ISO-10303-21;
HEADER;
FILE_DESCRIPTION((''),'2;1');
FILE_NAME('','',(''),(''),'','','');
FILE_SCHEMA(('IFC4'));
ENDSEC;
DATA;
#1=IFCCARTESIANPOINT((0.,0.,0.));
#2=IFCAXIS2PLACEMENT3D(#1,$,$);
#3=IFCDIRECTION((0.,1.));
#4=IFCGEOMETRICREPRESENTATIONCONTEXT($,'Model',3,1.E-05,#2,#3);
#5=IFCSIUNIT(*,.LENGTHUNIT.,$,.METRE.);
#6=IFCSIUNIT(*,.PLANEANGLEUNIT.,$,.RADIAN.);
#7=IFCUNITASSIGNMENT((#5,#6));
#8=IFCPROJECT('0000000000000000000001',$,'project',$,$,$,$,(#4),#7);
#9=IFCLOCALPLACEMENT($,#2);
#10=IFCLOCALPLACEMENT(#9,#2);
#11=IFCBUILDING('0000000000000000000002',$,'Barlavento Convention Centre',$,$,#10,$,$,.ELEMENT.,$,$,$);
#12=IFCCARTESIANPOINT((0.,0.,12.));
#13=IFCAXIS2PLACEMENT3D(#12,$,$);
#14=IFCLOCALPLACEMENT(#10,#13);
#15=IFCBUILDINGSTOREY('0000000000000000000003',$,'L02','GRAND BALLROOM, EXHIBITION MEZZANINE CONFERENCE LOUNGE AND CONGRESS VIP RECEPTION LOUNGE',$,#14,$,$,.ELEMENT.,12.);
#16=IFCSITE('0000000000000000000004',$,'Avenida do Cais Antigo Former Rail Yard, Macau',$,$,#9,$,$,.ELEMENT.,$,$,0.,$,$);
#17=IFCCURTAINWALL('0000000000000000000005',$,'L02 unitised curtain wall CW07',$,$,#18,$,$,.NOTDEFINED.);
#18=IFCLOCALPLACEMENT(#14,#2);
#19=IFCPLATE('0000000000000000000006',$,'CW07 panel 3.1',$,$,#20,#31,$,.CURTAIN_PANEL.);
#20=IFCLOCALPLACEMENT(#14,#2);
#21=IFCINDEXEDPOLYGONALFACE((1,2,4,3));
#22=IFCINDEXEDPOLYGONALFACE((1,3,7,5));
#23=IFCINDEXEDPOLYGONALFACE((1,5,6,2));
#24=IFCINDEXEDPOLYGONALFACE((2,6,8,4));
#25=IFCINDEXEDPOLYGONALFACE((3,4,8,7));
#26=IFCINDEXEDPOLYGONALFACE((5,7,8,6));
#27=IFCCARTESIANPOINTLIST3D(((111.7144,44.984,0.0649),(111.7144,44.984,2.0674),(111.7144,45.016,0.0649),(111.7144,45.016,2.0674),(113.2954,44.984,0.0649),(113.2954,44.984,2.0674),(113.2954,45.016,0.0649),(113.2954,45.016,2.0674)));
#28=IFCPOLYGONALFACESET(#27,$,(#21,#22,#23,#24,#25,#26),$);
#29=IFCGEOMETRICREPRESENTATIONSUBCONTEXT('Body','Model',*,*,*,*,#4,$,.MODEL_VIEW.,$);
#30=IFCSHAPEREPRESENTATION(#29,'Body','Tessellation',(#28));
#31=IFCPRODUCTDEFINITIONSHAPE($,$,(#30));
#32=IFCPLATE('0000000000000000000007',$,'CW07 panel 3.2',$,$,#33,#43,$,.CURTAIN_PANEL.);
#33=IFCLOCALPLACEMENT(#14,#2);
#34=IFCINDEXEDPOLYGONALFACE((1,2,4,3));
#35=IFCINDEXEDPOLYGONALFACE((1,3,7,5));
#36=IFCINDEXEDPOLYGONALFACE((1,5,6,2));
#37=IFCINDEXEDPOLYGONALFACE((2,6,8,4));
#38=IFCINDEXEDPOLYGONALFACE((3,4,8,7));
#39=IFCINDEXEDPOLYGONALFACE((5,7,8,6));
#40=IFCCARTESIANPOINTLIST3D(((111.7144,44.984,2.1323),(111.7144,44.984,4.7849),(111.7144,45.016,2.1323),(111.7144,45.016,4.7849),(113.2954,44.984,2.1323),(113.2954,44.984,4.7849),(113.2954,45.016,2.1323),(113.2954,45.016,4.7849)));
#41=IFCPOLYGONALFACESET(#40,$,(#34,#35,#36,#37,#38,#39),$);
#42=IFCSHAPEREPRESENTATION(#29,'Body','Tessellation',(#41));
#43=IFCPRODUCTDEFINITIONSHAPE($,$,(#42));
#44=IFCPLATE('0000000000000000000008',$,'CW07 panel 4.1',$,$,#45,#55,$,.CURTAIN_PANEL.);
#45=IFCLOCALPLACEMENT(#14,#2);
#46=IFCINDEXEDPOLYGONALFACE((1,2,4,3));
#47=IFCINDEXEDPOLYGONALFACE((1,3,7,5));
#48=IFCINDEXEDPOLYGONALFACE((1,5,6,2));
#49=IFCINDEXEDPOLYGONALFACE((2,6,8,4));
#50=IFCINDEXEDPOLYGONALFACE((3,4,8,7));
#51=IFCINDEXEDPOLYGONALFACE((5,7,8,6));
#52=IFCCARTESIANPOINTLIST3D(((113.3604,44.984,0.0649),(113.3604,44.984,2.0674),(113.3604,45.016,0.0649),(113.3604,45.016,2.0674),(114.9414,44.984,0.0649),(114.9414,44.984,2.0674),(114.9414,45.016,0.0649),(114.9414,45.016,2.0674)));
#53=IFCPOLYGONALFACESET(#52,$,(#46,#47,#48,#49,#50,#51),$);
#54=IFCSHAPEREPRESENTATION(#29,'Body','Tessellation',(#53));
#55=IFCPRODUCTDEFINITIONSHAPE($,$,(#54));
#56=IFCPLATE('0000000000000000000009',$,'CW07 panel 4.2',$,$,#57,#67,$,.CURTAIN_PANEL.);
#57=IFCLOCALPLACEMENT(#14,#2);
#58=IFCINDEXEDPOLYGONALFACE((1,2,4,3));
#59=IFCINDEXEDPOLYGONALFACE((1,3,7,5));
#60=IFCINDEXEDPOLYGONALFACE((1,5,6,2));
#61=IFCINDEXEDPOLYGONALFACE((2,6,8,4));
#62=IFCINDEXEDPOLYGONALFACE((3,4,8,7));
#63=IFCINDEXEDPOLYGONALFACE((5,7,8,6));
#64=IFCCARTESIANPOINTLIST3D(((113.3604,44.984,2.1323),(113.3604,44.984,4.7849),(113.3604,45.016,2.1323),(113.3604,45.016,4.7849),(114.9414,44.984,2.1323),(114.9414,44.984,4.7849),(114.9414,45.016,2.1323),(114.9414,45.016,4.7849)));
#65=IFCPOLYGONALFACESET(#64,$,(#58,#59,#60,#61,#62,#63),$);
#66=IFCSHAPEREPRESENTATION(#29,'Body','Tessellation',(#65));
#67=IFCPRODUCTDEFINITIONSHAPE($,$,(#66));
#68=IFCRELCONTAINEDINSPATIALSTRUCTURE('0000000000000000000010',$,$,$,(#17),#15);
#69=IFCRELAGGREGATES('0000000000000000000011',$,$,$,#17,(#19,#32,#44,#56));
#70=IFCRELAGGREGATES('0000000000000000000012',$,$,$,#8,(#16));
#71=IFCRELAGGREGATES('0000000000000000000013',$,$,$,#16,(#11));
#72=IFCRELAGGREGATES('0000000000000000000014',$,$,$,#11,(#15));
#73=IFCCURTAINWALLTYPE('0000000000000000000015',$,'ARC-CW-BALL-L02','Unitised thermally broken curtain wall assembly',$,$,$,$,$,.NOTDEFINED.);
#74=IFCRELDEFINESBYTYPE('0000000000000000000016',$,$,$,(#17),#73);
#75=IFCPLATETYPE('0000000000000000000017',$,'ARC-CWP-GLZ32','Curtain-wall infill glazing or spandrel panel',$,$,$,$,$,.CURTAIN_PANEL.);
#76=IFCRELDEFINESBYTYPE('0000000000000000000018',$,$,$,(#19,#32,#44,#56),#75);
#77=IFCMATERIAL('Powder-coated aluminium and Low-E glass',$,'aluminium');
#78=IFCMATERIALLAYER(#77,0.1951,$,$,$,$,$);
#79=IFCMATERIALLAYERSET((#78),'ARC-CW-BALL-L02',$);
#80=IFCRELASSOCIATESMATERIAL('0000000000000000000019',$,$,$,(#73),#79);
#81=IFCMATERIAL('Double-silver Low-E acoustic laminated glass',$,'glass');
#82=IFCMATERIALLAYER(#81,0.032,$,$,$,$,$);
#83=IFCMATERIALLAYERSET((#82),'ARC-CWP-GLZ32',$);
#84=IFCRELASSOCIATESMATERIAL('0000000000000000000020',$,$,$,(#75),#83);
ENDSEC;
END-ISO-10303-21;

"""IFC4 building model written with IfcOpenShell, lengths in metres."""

from ifc_helpers import new_model, si_unit, direction, frame, origin, origin_2d, place, context, subcontext, project, spatial, rectangle, extrude, material, layer, layer_set, type_object, element, aggregate, save


model = new_model("IFC4")

# Units and contexts
model_context = context("Model", 3, precision=1e-05, world=origin(), true_north=direction((0.0, 1.0)))
body_context = subcontext(model_context, "Body", "Model", "MODEL_VIEW")
ifc_project = project(units=[si_unit("LENGTHUNIT", "METRE"), si_unit("PLANEANGLEUNIT", "RADIAN")], contexts=[model_context])

# Site, building, storey
site_placement = place(None, origin())
site = spatial("IfcSite", under=ifc_project, at=site_placement, Name="Avenida do Cais Antigo Former Rail Yard, Macau", CompositionType="ELEMENT", RefElevation=0.0)
building_placement = place(site_placement, origin())
building = spatial("IfcBuilding", under=site, at=building_placement, Name="Barlavento Convention Centre", CompositionType="ELEMENT")
storey_placement = place(building_placement, frame((0.0, 0.0, 12.0)))
storey = spatial("IfcBuildingStorey", under=building, at=storey_placement, Name="L02", Description="GRAND BALLROOM, EXHIBITION MEZZANINE CONFERENCE LOUNGE AND CONGRESS VIP RECEPTION LOUNGE", CompositionType="ELEMENT", Elevation=12.0)

# Curtain wall
ifc_material_1 = material(Name="Powder-coated aluminium and Low-E glass", Category="aluminium")
ifc_layer_1 = layer(ifc_material_1, 0.1951)
ifc_layer_set_1 = layer_set([ifc_layer_1], Name="ARC-CW-BALL-L02")
curtain_wall_type = type_object("IfcCurtainWallType", Name="ARC-CW-BALL-L02", Description="Unitised thermally broken curtain wall assembly", PredefinedType="NOTDEFINED", material=ifc_layer_set_1)
curtain_wall_1_placement = place(storey_placement, origin())
curtain_wall_1 = element("IfcCurtainWall", 1, at=curtain_wall_1_placement, inside=storey, type_object=curtain_wall_type, Name="L02 unitised curtain wall CW07", PredefinedType="NOTDEFINED")

# Plates
ifc_material_2 = material(Name="Double-silver Low-E acoustic laminated glass", Category="glass")
ifc_layer_2 = layer(ifc_material_2, 0.032)
ifc_layer_set_2 = layer_set([ifc_layer_2], Name="ARC-CWP-GLZ32")
plate_type = type_object("IfcPlateType", Name="ARC-CWP-GLZ32", Description="Curtain-wall infill glazing or spandrel panel", PredefinedType="CURTAIN_PANEL", material=ifc_layer_set_2)
plate_1_placement = place(storey_placement, frame((112.5049, 45.0, 0.0649), z_axis=(0.0, 0.0, 1.0), x_axis=(1.0, 0.0, 0.0)))
plate_1 = element("IfcPlate", 2, at=plate_1_placement, type_object=plate_type, Name="CW07 panel 3.1", PredefinedType="CURTAIN_PANEL", context=body_context, shape_type="SweptSolid", body=[
    extrude(rectangle(XDim=1.5811, YDim=0.032, at=origin_2d()), origin(), (0.0, 0.0, 1.0), 2.0024),
])
plate_2_placement = place(storey_placement, frame((112.5049, 45.0, 2.1323), z_axis=(0.0, 0.0, 1.0), x_axis=(1.0, 0.0, 0.0)))
plate_2 = element("IfcPlate", 3, at=plate_2_placement, type_object=plate_type, Name="CW07 panel 3.2", PredefinedType="CURTAIN_PANEL", context=body_context, shape_type="SweptSolid", body=[
    extrude(rectangle(XDim=1.5811, YDim=0.032, at=origin_2d()), origin(), (0.0, 0.0, 1.0), 2.6526),
])
plate_3_placement = place(storey_placement, frame((114.1509, 45.0, 0.0649), z_axis=(0.0, 0.0, 1.0), x_axis=(1.0, 0.0, 0.0)))
plate_3 = element("IfcPlate", 4, at=plate_3_placement, type_object=plate_type, Name="CW07 panel 4.1", PredefinedType="CURTAIN_PANEL", context=body_context, shape_type="SweptSolid", body=[
    extrude(rectangle(XDim=1.5811, YDim=0.032, at=origin_2d()), origin(), (0.0, 0.0, 1.0), 2.0024),
])
plate_4_placement = place(storey_placement, frame((114.1509, 45.0, 2.1323), z_axis=(0.0, 0.0, 1.0), x_axis=(1.0, 0.0, 0.0)))
plate_4 = element("IfcPlate", 5, at=plate_4_placement, type_object=plate_type, Name="CW07 panel 4.2", PredefinedType="CURTAIN_PANEL", context=body_context, shape_type="SweptSolid", body=[
    extrude(rectangle(XDim=1.5811, YDim=0.032, at=origin_2d()), origin(), (0.0, 0.0, 1.0), 2.6526),
])
aggregate(curtain_wall_1, [plate_1, plate_2, plate_3, plate_4])

save(model, "model.ifc")
